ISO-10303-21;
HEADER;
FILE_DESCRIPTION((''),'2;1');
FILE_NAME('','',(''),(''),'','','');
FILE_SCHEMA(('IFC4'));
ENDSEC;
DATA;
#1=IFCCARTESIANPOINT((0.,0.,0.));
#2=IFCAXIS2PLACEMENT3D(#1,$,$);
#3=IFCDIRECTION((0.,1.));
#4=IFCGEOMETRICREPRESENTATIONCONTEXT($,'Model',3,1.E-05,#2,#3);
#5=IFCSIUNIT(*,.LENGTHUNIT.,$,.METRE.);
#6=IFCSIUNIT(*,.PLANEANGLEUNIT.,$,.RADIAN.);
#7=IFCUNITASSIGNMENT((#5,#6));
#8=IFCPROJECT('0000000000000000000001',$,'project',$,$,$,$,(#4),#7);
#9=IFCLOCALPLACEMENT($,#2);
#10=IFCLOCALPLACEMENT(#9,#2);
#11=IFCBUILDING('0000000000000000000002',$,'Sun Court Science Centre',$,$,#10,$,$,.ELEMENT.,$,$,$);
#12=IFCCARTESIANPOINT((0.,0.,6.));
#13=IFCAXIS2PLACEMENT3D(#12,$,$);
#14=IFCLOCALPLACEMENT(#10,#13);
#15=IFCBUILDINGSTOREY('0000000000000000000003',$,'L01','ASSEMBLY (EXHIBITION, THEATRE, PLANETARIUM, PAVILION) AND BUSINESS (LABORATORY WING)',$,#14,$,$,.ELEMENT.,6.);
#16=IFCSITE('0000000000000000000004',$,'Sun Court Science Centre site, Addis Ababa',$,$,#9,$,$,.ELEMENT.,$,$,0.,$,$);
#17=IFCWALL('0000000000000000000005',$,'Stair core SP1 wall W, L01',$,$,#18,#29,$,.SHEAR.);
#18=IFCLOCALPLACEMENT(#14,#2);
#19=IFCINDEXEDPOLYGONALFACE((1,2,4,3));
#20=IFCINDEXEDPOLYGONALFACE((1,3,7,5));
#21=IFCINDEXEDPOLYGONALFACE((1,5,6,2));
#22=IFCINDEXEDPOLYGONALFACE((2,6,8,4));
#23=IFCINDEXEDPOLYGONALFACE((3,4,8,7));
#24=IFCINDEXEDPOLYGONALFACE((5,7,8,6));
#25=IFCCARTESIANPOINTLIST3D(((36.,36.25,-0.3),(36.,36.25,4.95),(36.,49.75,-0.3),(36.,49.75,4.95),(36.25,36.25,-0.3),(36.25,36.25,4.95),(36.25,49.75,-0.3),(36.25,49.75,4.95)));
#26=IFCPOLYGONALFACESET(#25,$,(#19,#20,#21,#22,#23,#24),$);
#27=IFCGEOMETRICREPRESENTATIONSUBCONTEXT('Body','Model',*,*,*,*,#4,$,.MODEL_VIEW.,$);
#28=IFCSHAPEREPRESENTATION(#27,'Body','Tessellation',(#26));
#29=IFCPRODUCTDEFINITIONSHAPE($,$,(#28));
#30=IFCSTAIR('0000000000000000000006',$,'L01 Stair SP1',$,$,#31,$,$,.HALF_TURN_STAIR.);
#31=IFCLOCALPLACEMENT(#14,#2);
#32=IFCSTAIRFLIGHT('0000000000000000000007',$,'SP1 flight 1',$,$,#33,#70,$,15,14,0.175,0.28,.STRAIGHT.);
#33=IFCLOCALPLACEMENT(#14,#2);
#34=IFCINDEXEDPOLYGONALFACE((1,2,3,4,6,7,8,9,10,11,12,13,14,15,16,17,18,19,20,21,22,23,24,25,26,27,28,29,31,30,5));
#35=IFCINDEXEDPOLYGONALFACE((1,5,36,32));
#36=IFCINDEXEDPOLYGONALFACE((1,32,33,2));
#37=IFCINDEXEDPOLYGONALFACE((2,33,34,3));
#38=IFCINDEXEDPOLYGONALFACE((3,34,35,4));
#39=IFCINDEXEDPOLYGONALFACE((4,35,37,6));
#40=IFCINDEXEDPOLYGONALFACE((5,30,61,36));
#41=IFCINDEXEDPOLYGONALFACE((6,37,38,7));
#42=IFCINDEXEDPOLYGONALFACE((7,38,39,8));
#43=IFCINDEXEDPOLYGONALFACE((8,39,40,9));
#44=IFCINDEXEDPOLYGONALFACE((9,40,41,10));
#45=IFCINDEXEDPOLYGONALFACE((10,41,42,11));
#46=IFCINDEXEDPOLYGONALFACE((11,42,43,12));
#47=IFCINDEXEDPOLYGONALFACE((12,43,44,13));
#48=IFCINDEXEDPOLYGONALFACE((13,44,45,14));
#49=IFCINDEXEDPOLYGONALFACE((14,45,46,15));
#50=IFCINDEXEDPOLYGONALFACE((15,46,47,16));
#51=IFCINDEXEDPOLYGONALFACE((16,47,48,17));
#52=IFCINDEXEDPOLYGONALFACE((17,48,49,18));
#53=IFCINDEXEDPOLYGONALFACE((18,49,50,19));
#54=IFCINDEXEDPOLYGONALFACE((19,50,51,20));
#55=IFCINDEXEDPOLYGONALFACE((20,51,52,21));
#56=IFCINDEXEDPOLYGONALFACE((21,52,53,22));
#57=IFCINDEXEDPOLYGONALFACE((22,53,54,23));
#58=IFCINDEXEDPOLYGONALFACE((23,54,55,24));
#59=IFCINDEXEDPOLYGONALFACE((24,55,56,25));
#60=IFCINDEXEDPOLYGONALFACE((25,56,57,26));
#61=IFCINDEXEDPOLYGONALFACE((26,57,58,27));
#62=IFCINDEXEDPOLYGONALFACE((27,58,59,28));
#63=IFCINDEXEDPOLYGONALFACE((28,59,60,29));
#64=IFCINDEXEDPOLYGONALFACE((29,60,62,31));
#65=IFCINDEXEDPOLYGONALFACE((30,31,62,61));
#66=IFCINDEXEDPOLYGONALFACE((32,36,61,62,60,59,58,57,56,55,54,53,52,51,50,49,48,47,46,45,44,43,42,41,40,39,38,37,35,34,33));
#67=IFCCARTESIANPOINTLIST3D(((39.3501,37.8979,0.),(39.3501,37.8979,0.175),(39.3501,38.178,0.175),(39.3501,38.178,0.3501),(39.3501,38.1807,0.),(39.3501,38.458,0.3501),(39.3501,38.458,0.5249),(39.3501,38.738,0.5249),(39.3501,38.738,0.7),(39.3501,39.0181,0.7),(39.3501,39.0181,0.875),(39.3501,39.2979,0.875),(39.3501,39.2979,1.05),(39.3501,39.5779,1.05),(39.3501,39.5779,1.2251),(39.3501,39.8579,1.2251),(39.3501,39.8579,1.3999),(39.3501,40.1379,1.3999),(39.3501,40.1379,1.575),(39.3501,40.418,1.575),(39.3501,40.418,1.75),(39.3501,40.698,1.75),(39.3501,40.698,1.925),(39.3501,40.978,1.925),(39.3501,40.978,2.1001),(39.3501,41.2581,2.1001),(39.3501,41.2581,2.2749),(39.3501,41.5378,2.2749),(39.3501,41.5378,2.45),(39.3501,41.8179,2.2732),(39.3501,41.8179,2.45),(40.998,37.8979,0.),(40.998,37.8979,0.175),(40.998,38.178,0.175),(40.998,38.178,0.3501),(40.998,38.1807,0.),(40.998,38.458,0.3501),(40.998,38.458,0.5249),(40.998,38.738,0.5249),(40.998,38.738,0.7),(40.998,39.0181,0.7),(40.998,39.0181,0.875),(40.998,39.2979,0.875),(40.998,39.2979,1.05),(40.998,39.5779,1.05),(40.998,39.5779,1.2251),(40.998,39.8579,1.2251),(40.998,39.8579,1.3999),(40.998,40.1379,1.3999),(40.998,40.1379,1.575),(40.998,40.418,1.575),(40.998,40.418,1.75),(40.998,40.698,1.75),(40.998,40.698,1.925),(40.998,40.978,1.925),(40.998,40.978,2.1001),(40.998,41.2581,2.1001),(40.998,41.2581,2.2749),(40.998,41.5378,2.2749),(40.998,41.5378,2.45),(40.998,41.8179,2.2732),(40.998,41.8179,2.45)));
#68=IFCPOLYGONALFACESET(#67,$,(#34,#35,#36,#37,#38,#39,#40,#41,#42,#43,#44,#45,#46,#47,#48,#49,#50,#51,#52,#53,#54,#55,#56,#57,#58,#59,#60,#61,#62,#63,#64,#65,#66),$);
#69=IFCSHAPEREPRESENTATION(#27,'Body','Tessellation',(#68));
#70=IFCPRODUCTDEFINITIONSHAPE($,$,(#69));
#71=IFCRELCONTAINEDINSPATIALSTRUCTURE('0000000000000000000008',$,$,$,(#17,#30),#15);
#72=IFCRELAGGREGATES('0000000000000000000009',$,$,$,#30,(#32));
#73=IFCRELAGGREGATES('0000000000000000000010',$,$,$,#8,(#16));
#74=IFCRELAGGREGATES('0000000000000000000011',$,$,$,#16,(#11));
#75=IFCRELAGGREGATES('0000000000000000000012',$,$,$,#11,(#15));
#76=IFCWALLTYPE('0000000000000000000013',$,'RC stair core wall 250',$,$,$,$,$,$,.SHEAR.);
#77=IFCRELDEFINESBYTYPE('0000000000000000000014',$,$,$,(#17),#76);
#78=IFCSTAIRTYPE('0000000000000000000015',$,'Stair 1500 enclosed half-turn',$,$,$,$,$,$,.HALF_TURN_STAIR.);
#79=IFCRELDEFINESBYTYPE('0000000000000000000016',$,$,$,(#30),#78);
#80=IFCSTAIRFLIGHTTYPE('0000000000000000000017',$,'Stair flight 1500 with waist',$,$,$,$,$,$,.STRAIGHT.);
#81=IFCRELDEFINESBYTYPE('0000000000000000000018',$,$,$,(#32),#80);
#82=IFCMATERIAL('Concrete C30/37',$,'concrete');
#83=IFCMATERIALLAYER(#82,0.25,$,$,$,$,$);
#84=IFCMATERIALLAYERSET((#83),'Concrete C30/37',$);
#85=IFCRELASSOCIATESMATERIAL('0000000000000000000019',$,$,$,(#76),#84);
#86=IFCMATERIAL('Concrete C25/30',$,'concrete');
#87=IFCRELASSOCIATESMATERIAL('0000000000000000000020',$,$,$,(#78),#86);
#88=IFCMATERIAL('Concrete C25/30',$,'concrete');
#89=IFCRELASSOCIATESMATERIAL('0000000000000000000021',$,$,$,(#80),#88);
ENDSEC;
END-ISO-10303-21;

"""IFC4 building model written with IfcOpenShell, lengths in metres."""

from ifc_helpers import new_model, si_unit, direction, frame, frame_2d, origin, place, context, subcontext, project, spatial, polyline, rectangle, outline, extrude, material, layer, layer_set, type_object, element, aggregate, save


model = new_model("IFC4")

# Units and contexts
model_context = context("Model", 3, precision=1e-05, world=origin(), true_north=direction((0.0, 1.0)))
body_context = subcontext(model_context, "Body", "Model", "MODEL_VIEW")
ifc_project = project(units=[si_unit("LENGTHUNIT", "METRE"), si_unit("PLANEANGLEUNIT", "RADIAN")], contexts=[model_context])

# Site, building, storey
site_placement = place(None, origin())
site = spatial("IfcSite", under=ifc_project, at=site_placement, Name="Sun Court Science Centre site, Addis Ababa", CompositionType="ELEMENT", RefElevation=0.0)
building_placement = place(site_placement, origin())
building = spatial("IfcBuilding", under=site, at=building_placement, Name="Sun Court Science Centre", CompositionType="ELEMENT")
storey_placement = place(building_placement, frame((0.0, 0.0, 6.0)))
storey = spatial("IfcBuildingStorey", under=building, at=storey_placement, Name="L01", Description="ASSEMBLY (EXHIBITION, THEATRE, PLANETARIUM, PAVILION) AND BUSINESS (LABORATORY WING)", CompositionType="ELEMENT", Elevation=6.0)

# Shared definitions
ifc_material_1 = material(Name="Concrete C30/37", Category="concrete")
ifc_layer_1 = layer(ifc_material_1, 0.25)
ifc_layer_set_1 = layer_set([ifc_layer_1], Name="Concrete C30/37")
wall_type_1 = type_object("IfcWallType", Name="RC stair core wall 250", PredefinedType="SHEAR", material=ifc_layer_set_1)

# Wall
wall_1_placement = place(storey_placement, frame((36.125, 36.25, -0.3), z_axis=(0.0, 0.0, 1.0), x_axis=(0.0, 1.0, 0.0)))
element("IfcWall", 1, at=wall_1_placement, inside=storey, type_object=wall_type_1, Name="Stair core SP1 wall W, L01", PredefinedType="SHEAR", context=body_context, shape_type="SweptSolid", body=[
    extrude(rectangle(XDim=13.5, YDim=0.25, at=frame_2d((6.75, 0.0))), origin(), (0.0, 0.0, 1.0), 5.25),
])

# Stair, stair flight
ifc_material_2 = material(Name="Concrete C25/30", Category="concrete")
stair_type = type_object("IfcStairType", Name="Stair 1500 enclosed half-turn", PredefinedType="HALF_TURN_STAIR", material=ifc_material_2)
stair_placement = place(storey_placement, origin())
stair = element("IfcStair", 2, at=stair_placement, inside=storey, type_object=stair_type, Name="L01 Stair SP1", PredefinedType="HALF_TURN_STAIR")
ifc_material_3 = material(Name="Concrete C25/30", Category="concrete")
stair_flight_type = type_object("IfcStairFlightType", Name="Stair flight 1500 with waist", PredefinedType="STRAIGHT", material=ifc_material_3)
stair_flight_placement = place(storey_placement, frame((40.1741, 37.8979, 0.0), z_axis=(0.0, 0.0, 1.0), x_axis=(0.0, 1.0, 0.0)))
stair_flight = element("IfcStairFlight", 3, at=stair_flight_placement, type_object=stair_flight_type, Name="SP1 flight 1", NumberOfRisers=15, NumberOfTreads=14, PredefinedType="STRAIGHT", RiserHeight=0.175, TreadLength=0.28, context=body_context, shape_type="SweptSolid", body=[
    extrude(outline(polyline([(0.0, 0.0), (0.0, 0.175), (0.28, 0.175), (0.28, 0.3501), (0.5601, 0.3501), (0.5601, 0.5249), (0.8401, 0.5249), (0.8401, 0.7), (1.1201, 0.7), (1.1201, 0.875), (1.3999, 0.875), (1.3999, 1.05), (1.6799, 1.05), (1.6799, 1.2251), (1.96, 1.2251), (1.96, 1.3999), (2.24, 1.3999), (2.24, 1.575), (2.52, 1.575), (2.52, 1.75), (2.8, 1.75), (2.8, 1.925), (3.0801, 1.925), (3.0801, 2.1001), (3.3601, 2.1001), (3.3601, 2.2749), (3.6399, 2.2749), (3.6399, 2.45), (3.9199, 2.45), (3.9199, 2.625), (3.9199, 2.2732), (0.2827, 0.0), (0.0, 0.0)])), frame((0.0, 0.824, 0.0), z_axis=(0.0, -1.0, 0.0), x_axis=(1.0, 0.0, 0.0)), (0.0, 0.0, 1.0), 1.6479),
])
aggregate(stair, [stair_flight])

save(model, "model.ifc")
